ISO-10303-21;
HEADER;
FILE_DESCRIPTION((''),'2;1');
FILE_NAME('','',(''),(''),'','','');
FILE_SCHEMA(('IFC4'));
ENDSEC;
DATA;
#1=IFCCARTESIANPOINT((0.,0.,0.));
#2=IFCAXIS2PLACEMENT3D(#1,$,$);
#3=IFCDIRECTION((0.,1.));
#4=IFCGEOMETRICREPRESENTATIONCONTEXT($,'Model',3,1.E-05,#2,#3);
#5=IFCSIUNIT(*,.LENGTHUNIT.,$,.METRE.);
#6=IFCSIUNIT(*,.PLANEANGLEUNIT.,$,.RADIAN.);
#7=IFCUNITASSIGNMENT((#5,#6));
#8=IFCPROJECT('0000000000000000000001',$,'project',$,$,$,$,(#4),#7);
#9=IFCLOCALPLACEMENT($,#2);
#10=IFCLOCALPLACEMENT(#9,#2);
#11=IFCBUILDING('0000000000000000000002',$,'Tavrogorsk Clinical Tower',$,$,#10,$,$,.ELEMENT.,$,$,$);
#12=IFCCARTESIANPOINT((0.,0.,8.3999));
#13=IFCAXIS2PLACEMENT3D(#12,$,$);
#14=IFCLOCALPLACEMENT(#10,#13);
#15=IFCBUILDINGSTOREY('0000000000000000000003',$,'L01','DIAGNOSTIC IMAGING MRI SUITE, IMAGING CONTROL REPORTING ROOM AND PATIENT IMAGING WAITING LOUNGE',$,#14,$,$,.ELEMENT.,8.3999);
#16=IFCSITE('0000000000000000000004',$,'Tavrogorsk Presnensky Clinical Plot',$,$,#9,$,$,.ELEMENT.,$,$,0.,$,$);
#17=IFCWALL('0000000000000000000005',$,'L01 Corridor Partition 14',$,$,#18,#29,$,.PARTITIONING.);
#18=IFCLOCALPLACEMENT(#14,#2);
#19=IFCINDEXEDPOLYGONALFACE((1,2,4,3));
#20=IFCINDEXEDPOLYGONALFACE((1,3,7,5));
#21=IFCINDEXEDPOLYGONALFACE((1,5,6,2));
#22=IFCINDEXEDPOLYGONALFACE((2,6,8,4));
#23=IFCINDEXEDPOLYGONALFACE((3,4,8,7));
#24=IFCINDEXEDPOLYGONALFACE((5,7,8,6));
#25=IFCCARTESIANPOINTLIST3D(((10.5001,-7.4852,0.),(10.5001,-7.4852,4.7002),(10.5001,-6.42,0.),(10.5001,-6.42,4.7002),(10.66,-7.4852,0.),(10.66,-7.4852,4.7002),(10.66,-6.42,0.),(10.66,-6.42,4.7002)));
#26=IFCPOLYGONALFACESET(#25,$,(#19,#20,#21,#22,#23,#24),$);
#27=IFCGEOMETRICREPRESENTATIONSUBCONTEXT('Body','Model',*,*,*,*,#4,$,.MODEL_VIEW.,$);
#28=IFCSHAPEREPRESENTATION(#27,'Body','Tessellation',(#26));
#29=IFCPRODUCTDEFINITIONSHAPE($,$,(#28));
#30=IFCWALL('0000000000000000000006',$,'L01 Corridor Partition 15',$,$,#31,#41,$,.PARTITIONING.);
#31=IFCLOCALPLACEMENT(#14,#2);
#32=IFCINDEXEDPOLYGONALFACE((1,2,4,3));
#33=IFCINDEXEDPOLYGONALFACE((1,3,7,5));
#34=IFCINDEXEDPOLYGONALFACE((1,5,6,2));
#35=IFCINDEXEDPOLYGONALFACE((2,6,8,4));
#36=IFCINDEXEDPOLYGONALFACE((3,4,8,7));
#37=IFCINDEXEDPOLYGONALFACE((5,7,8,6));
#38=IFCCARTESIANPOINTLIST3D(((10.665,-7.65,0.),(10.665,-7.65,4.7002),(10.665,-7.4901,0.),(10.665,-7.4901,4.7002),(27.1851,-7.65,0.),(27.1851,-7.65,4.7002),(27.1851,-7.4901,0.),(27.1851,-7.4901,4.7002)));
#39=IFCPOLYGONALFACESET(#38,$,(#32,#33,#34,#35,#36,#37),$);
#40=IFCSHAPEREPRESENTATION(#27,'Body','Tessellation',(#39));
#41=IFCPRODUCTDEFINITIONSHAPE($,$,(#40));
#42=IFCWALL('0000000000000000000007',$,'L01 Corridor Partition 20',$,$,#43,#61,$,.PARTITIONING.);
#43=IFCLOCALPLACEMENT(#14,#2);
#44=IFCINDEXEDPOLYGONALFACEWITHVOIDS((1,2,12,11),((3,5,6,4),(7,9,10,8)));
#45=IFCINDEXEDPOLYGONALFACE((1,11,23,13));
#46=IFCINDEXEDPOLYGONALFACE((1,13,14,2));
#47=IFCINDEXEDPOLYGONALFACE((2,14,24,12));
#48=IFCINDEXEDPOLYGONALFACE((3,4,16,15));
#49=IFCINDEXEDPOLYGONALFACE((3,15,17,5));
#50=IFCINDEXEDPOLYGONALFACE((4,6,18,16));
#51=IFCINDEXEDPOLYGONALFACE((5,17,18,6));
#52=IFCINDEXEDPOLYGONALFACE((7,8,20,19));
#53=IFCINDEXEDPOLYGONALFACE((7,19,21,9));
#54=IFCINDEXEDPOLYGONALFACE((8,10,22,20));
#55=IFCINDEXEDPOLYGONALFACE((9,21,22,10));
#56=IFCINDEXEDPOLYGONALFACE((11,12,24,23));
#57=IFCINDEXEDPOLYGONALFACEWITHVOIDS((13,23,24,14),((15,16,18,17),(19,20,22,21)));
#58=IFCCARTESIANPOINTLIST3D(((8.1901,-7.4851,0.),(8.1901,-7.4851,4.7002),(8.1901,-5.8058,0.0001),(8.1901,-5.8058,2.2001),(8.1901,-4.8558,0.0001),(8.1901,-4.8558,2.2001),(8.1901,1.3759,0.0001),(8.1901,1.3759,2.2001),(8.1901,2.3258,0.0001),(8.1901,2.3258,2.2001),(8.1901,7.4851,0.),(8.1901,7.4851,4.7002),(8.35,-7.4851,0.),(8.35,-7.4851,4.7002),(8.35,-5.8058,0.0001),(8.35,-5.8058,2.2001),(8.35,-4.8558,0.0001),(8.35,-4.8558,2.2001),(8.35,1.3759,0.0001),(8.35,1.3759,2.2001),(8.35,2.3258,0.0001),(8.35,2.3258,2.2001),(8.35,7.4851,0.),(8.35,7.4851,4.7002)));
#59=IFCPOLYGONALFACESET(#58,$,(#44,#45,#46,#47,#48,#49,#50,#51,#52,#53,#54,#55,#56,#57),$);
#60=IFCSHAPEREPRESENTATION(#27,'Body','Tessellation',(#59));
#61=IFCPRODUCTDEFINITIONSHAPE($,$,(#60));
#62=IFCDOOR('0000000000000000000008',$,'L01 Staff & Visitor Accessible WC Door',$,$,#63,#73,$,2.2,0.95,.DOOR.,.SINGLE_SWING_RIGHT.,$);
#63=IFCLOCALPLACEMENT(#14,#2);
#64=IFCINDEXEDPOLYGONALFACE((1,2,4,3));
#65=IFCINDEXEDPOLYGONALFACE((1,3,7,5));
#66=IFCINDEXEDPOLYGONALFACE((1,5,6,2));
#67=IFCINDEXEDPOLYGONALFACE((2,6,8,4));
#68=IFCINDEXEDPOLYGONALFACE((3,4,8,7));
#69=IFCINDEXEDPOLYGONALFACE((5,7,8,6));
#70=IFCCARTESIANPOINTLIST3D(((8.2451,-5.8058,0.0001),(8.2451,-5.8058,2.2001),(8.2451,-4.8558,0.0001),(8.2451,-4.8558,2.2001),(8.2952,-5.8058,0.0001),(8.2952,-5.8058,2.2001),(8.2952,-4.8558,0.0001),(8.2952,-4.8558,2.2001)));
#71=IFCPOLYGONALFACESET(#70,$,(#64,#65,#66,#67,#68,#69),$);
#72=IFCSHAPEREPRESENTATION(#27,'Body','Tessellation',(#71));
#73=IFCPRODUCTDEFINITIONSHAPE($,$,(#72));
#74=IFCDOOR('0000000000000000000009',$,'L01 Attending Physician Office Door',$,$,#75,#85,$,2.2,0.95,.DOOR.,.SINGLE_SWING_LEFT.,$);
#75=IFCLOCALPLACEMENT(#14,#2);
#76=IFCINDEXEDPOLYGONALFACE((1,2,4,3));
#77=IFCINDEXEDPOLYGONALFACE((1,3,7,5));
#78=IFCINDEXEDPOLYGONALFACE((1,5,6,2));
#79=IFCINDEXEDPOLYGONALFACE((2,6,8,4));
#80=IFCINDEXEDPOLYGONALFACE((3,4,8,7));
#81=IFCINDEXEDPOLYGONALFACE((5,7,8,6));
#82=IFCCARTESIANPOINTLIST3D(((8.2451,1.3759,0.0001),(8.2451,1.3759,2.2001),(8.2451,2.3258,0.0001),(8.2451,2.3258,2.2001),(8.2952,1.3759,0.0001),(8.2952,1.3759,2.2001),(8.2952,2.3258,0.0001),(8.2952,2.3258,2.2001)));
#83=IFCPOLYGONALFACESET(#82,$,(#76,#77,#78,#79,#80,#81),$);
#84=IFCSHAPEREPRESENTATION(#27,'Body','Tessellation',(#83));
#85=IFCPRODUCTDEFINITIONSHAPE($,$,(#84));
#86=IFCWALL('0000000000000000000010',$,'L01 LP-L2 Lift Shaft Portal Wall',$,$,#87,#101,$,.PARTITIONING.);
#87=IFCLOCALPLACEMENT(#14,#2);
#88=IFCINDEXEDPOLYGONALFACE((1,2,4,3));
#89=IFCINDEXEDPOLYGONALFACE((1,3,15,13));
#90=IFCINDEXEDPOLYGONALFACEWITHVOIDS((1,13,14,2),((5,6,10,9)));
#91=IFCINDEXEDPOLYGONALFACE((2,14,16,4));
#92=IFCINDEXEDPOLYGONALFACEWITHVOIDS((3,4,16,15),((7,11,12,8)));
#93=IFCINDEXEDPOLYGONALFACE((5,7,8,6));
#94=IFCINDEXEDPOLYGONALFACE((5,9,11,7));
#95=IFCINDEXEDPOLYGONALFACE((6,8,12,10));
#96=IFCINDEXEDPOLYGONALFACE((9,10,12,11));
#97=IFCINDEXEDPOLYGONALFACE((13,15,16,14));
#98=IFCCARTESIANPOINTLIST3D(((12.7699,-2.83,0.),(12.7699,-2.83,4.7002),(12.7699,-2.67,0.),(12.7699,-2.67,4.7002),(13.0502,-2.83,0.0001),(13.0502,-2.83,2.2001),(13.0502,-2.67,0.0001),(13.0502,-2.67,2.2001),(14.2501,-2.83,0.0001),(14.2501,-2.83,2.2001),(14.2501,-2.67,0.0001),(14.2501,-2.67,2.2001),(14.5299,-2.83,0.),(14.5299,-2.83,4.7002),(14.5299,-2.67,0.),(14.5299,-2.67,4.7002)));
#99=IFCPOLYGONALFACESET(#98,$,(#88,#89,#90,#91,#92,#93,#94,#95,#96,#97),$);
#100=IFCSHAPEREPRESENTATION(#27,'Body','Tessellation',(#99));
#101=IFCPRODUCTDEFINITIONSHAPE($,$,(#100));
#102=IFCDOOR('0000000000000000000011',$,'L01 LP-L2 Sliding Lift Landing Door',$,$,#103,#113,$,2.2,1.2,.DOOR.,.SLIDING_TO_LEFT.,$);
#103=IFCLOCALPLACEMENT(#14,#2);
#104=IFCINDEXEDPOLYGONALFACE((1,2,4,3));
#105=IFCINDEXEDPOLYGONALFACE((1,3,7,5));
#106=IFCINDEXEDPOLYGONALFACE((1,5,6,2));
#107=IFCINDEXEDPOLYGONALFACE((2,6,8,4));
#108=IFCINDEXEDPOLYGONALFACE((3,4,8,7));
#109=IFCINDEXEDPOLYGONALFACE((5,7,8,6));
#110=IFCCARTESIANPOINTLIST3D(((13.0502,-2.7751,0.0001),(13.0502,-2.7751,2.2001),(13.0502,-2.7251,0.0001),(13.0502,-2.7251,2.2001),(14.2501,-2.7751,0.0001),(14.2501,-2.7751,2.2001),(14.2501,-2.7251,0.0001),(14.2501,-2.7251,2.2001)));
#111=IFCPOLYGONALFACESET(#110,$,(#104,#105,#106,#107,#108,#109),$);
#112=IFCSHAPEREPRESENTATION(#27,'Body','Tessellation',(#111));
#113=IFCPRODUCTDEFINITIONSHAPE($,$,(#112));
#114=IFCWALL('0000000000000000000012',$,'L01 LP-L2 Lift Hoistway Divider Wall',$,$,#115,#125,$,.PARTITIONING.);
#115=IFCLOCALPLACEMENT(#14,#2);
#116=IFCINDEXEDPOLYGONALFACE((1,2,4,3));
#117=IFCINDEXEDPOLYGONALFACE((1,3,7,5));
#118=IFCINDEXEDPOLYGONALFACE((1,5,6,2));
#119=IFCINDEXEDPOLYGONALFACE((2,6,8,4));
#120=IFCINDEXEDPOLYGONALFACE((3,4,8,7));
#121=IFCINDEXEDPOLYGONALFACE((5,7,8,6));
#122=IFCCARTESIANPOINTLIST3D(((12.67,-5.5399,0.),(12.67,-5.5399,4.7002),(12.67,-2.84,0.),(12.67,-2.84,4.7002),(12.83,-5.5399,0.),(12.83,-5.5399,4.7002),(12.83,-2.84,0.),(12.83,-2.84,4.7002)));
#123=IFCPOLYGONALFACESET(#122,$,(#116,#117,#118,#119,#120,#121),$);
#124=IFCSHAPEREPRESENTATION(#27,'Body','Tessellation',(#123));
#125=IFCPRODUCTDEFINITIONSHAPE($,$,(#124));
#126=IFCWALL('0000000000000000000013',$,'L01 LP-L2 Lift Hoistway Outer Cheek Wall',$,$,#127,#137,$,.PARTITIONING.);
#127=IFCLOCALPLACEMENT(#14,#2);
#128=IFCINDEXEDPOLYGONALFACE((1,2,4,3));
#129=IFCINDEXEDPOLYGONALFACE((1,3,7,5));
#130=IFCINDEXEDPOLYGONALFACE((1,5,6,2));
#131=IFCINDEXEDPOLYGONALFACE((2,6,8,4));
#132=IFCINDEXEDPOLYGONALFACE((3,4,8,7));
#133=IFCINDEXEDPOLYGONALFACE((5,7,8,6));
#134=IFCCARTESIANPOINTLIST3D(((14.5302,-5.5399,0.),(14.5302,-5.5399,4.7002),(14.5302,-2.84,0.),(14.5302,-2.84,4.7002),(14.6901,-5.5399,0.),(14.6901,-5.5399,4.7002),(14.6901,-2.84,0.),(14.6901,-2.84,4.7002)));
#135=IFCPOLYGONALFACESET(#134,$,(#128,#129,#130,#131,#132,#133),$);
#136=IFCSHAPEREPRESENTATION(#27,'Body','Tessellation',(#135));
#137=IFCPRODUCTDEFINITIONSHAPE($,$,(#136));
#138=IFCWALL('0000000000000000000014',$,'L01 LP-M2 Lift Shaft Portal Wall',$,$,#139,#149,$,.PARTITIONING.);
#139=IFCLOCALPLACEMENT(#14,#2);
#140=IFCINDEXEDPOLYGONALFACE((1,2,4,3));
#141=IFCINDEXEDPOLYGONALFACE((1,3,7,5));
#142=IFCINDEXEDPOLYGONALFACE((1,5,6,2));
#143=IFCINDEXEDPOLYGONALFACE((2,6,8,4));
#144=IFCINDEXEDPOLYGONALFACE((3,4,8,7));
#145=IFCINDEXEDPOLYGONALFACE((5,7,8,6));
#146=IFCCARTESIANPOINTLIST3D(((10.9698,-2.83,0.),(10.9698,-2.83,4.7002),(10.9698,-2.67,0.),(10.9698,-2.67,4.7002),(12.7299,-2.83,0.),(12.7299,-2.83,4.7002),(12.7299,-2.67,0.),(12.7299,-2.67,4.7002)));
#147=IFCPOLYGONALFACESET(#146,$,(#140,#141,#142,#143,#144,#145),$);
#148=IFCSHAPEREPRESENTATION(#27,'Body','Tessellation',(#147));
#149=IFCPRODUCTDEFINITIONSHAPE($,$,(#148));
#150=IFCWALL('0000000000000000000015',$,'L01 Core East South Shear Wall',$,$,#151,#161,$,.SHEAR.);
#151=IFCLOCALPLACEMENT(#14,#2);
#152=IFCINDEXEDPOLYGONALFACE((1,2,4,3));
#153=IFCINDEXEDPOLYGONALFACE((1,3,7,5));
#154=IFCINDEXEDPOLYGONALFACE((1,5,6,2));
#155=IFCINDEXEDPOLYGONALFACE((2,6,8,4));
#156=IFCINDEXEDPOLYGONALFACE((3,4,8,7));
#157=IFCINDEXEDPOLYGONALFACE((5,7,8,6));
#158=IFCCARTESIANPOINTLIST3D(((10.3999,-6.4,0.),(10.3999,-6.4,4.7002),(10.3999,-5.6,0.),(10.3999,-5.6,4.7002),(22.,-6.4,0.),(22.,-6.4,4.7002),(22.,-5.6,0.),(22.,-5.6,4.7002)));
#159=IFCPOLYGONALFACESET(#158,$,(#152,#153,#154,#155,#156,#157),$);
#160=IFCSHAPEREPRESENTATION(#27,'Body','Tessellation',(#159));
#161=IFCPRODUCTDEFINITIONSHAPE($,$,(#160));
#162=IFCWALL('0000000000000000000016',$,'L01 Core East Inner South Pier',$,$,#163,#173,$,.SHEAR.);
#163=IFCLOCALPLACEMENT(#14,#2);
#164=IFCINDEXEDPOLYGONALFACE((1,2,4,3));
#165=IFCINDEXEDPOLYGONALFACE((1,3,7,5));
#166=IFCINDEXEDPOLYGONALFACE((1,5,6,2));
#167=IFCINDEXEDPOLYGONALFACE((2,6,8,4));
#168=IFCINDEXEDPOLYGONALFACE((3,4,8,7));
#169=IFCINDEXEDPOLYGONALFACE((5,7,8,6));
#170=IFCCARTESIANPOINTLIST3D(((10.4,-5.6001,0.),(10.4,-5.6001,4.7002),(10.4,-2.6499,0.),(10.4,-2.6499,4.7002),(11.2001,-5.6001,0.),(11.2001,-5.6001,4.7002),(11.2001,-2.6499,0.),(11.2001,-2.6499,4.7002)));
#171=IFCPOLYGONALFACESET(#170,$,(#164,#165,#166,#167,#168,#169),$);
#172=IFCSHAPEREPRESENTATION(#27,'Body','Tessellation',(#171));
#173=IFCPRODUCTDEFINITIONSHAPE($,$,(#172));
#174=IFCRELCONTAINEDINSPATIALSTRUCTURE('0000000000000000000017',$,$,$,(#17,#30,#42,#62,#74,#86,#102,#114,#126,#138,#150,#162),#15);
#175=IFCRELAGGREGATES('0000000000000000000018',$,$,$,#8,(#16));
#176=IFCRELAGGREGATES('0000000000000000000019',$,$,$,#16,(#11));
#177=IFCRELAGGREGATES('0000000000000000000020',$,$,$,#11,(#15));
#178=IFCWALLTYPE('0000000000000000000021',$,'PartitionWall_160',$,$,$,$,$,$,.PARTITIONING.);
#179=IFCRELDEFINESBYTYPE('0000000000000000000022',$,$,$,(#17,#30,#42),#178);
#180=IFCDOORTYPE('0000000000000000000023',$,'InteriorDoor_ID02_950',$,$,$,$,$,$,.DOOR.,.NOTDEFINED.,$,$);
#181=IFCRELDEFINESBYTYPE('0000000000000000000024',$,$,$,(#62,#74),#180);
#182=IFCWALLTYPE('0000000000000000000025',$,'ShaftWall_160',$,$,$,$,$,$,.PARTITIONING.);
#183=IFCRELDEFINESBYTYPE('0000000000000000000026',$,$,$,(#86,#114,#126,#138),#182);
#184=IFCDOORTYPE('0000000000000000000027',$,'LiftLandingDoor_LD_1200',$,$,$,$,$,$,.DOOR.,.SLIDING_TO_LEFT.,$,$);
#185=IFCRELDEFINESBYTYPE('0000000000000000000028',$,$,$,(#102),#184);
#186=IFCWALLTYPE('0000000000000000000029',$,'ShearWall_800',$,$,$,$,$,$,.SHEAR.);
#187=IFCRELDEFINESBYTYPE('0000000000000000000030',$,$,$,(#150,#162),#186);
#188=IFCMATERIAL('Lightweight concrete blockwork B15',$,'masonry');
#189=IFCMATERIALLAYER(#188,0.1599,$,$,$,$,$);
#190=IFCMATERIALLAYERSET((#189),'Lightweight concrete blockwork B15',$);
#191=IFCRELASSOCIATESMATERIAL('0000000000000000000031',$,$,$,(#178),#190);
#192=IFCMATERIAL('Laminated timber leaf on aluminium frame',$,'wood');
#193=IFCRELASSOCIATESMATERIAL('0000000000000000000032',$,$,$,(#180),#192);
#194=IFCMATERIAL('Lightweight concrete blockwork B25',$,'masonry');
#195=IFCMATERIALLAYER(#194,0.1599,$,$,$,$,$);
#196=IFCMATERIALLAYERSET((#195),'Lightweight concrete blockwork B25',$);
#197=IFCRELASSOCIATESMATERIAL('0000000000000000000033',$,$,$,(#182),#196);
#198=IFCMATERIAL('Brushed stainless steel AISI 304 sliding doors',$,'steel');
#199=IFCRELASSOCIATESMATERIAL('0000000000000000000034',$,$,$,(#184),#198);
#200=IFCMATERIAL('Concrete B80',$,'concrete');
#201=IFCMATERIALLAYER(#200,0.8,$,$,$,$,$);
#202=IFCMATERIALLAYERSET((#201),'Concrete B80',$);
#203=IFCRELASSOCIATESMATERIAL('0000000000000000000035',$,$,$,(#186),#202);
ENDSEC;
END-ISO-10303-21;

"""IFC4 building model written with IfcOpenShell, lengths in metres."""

from ifc_helpers import new_model, si_unit, direction, frame, frame_2d, origin, place, context, subcontext, project, spatial, rectangle, extrude, material, layer, layer_set, type_object, element, fill, save


model = new_model("IFC4")

# Units and contexts
model_context = context("Model", 3, precision=1e-05, world=origin(), true_north=direction((0.0, 1.0)))
body_context = subcontext(model_context, "Body", "Model", "MODEL_VIEW")
ifc_project = project(units=[si_unit("LENGTHUNIT", "METRE"), si_unit("PLANEANGLEUNIT", "RADIAN")], contexts=[model_context])

# Site, building, storey
site_placement = place(None, origin())
site = spatial("IfcSite", under=ifc_project, at=site_placement, Name="Tavrogorsk Presnensky Clinical Plot", CompositionType="ELEMENT", RefElevation=0.0)
building_placement = place(site_placement, origin())
building = spatial("IfcBuilding", under=site, at=building_placement, Name="Tavrogorsk Clinical Tower", CompositionType="ELEMENT")
storey_placement = place(building_placement, frame((0.0, 0.0, 8.3999)))
storey = spatial("IfcBuildingStorey", under=building, at=storey_placement, Name="L01", Description="DIAGNOSTIC IMAGING MRI SUITE, IMAGING CONTROL REPORTING ROOM AND PATIENT IMAGING WAITING LOUNGE", CompositionType="ELEMENT", Elevation=8.3999)

# Shared definitions
ifc_material_1 = material(Name="Lightweight concrete blockwork B15", Category="masonry")
ifc_layer_1 = layer(ifc_material_1, 0.1599)
ifc_layer_set_1 = layer_set([ifc_layer_1], Name="Lightweight concrete blockwork B15")
wall_type_1 = type_object("IfcWallType", Name="PartitionWall_160", PredefinedType="PARTITIONING", material=ifc_layer_set_1)
ifc_material_2 = material(Name="Laminated timber leaf on aluminium frame", Category="wood")
door_type_1 = type_object("IfcDoorType", Name="InteriorDoor_ID02_950", OperationType="NOTDEFINED", PredefinedType="DOOR", material=ifc_material_2)

# Walls
wall_1_placement = place(storey_placement, frame((10.5801, -6.4199, 0.0), z_axis=(0.0, 0.0, 1.0), x_axis=(0.0, -1.0, 0.0)))
element("IfcWall", 1, at=wall_1_placement, inside=storey, type_object=wall_type_1, Name="L01 Corridor Partition 14", PredefinedType="PARTITIONING", context=body_context, shape_type="SweptSolid", body=[
    extrude(rectangle(XDim=1.0652, YDim=0.1599, at=frame_2d((0.5327, 0.0))), origin(), (0.0, 0.0, 1.0), 4.7002),
])
wall_2_placement = place(storey_placement, frame((10.665, -7.5701, 0.0), z_axis=(0.0, 0.0, 1.0), x_axis=(1.0, 0.0, 0.0)))
element("IfcWall", 2, at=wall_2_placement, inside=storey, type_object=wall_type_1, Name="L01 Corridor Partition 15", PredefinedType="PARTITIONING", context=body_context, shape_type="SweptSolid", body=[
    extrude(rectangle(XDim=16.52, YDim=0.1599, at=frame_2d((8.26, 0.0))), origin(), (0.0, 0.0, 1.0), 4.7002),
])

# Wall, openings, doors
wall_3_placement = place(storey_placement, frame((8.27, -7.4851, 0.0), z_axis=(0.0, 0.0, 1.0), x_axis=(0.0, 1.0, 0.0)))
wall_3 = element("IfcWall", 3, at=wall_3_placement, inside=storey, type_object=wall_type_1, Name="L01 Corridor Partition 20", PredefinedType="PARTITIONING", context=body_context, shape_type="SweptSolid", body=[
    extrude(rectangle(XDim=14.9702, YDim=0.1599, at=frame_2d((7.4851, 0.0))), origin(), (0.0, 0.0, 1.0), 4.7002),
])
opening_1_placement = place(wall_3_placement, frame((1.6792, 0.0, 0.0)))
opening_1 = element("IfcOpeningElement", 4, at=opening_1_placement, cuts=wall_3, PredefinedType="OPENING", context=body_context, shape_type="SweptSolid", body=[
    extrude(rectangle(XDim=0.95, YDim=2.2, at=frame_2d((0.4751, 1.1001))), frame((0.0, 0.0898, 0.0), z_axis=(0.0, -1.0, 0.0), x_axis=(1.0, 0.0, 0.0)), (0.0, 0.0, 1.0), 0.1799),
])
opening_2_placement = place(wall_3_placement, frame((8.8608, 0.0, 0.0)))
opening_2 = element("IfcOpeningElement", 5, at=opening_2_placement, cuts=wall_3, PredefinedType="OPENING", context=body_context, shape_type="SweptSolid", body=[
    extrude(rectangle(XDim=0.95, YDim=2.2, at=frame_2d((0.4751, 1.1001))), frame((0.0, 0.0898, 0.0), z_axis=(0.0, -1.0, 0.0), x_axis=(1.0, 0.0, 0.0)), (0.0, 0.0, 1.0), 0.1799),
])
door_1_placement = place(opening_1_placement, origin())
door_1 = element("IfcDoor", 6, at=door_1_placement, inside=storey, type_object=door_type_1, Name="L01 Staff & Visitor Accessible WC Door", OperationType="SINGLE_SWING_RIGHT", OverallHeight=2.2, OverallWidth=0.95, PredefinedType="DOOR", context=body_context, shape_type="SweptSolid", body=[
    extrude(rectangle(XDim=0.95, YDim=2.2, at=frame_2d((0.4751, 1.1001))), frame((0.0, 0.0249, 0.0), z_axis=(0.0, -1.0, 0.0), x_axis=(1.0, 0.0, 0.0)), (0.0, 0.0, 1.0), 0.05),
])
fill(opening_1, door_1)
door_2_placement = place(opening_2_placement, origin())
door_2 = element("IfcDoor", 7, at=door_2_placement, inside=storey, type_object=door_type_1, Name="L01 Attending Physician Office Door", OperationType="SINGLE_SWING_LEFT", OverallHeight=2.2, OverallWidth=0.95, PredefinedType="DOOR", context=body_context, shape_type="SweptSolid", body=[
    extrude(rectangle(XDim=0.95, YDim=2.2, at=frame_2d((0.4751, 1.1001))), frame((0.0, 0.0249, 0.0), z_axis=(0.0, -1.0, 0.0), x_axis=(1.0, 0.0, 0.0)), (0.0, 0.0, 1.0), 0.05),
])
fill(opening_2, door_2)

# Wall, opening, door
ifc_material_3 = material(Name="Lightweight concrete blockwork B25", Category="masonry")
ifc_layer_2 = layer(ifc_material_3, 0.1599)
ifc_layer_set_2 = layer_set([ifc_layer_2], Name="Lightweight concrete blockwork B25")
wall_type_2 = type_object("IfcWallType", Name="ShaftWall_160", PredefinedType="PARTITIONING", material=ifc_layer_set_2)
wall_4_placement = place(storey_placement, frame((12.77, -2.75, 0.0), z_axis=(0.0, 0.0, 1.0), x_axis=(1.0, 0.0, 0.0)))
wall_4 = element("IfcWall", 8, at=wall_4_placement, inside=storey, type_object=wall_type_2, Name="L01 LP-L2 Lift Shaft Portal Wall", PredefinedType="PARTITIONING", context=body_context, shape_type="SweptSolid", body=[
    extrude(rectangle(XDim=1.76, YDim=0.1599, at=frame_2d((0.8799, 0.0))), origin(), (0.0, 0.0, 1.0), 4.7002),
])
opening_3_placement = place(wall_4_placement, frame((0.28, 0.0, 0.0)))
opening_3 = element("IfcOpeningElement", 9, at=opening_3_placement, cuts=wall_4, PredefinedType="OPENING", context=body_context, shape_type="SweptSolid", body=[
    extrude(rectangle(XDim=1.2, YDim=2.2, at=frame_2d((0.6001, 1.1001))), frame((0.0, 0.0898, 0.0), z_axis=(0.0, -1.0, 0.0), x_axis=(1.0, 0.0, 0.0)), (0.0, 0.0, 1.0), 0.1799),
])
ifc_material_4 = material(Name="Brushed stainless steel AISI 304 sliding doors", Category="steel")
door_type_2 = type_object("IfcDoorType", Name="LiftLandingDoor_LD_1200", OperationType="SLIDING_TO_LEFT", PredefinedType="DOOR", material=ifc_material_4)
door_3_placement = place(opening_3_placement, origin())
door_3 = element("IfcDoor", 10, at=door_3_placement, inside=storey, type_object=door_type_2, Name="L01 LP-L2 Sliding Lift Landing Door", OperationType="SLIDING_TO_LEFT", OverallHeight=2.2, OverallWidth=1.2, PredefinedType="DOOR", context=body_context, shape_type="SweptSolid", body=[
    extrude(rectangle(XDim=1.2, YDim=2.2, at=frame_2d((0.6001, 1.1001))), frame((0.0, 0.0249, 0.0), z_axis=(0.0, -1.0, 0.0), x_axis=(1.0, 0.0, 0.0)), (0.0, 0.0, 1.0), 0.05),
])
fill(opening_3, door_3)

# Walls
for number, where, z_axis, x_axis, name in (
    (11, (12.75, -5.54, 0.0), (0.0, 0.0, 1.0), (0.0, 1.0, 0.0), "L01 LP-L2 Lift Hoistway Divider Wall"),
    (12, (14.6101, -5.54, 0.0), (0.0, 0.0, 1.0), (0.0, 1.0, 0.0), "L01 LP-L2 Lift Hoistway Outer Cheek Wall"),
):
    element("IfcWall", number, at=place(storey_placement, frame(where, z_axis=z_axis, x_axis=x_axis)), inside=storey, type_object=wall_type_2, Name=name, PredefinedType="PARTITIONING", context=body_context, shape_type="SweptSolid", body=[
        extrude(rectangle(XDim=2.7, YDim=0.1599, at=frame_2d((1.3501, 0.0))), origin(), (0.0, 0.0, 1.0), 4.7002),
    ])
wall_5_placement = place(storey_placement, frame((10.97, -2.75, 0.0), z_axis=(0.0, 0.0, 1.0), x_axis=(1.0, 0.0, 0.0)))
element("IfcWall", 13, at=wall_5_placement, inside=storey, type_object=wall_type_2, Name="L01 LP-M2 Lift Shaft Portal Wall", PredefinedType="PARTITIONING", context=body_context, shape_type="SweptSolid", body=[
    extrude(rectangle(XDim=1.76, YDim=0.1599, at=frame_2d((0.8799, 0.0))), origin(), (0.0, 0.0, 1.0), 4.7002),
])
ifc_material_5 = material(Name="Concrete B80", Category="concrete")
ifc_layer_3 = layer(ifc_material_5, 0.8)
ifc_layer_set_3 = layer_set([ifc_layer_3], Name="Concrete B80")
wall_type_3 = type_object("IfcWallType", Name="ShearWall_800", PredefinedType="SHEAR", material=ifc_layer_set_3)
wall_6_placement = place(storey_placement, frame((10.3999, -6.0, 0.0), z_axis=(0.0, 0.0, 1.0), x_axis=(1.0, 0.0, 0.0)))
element("IfcWall", 14, at=wall_6_placement, inside=storey, type_object=wall_type_3, Name="L01 Core East South Shear Wall", PredefinedType="SHEAR", context=body_context, shape_type="SweptSolid", body=[
    extrude(rectangle(XDim=11.6001, YDim=0.8, at=frame_2d((5.8, 0.0))), origin(), (0.0, 0.0, 1.0), 4.7002),
])
wall_7_placement = place(storey_placement, frame((10.8, -5.6001, 0.0), z_axis=(0.0, 0.0, 1.0), x_axis=(0.0, 1.0, 0.0)))
element("IfcWall", 15, at=wall_7_placement, inside=storey, type_object=wall_type_3, Name="L01 Core East Inner South Pier", PredefinedType="SHEAR", context=body_context, shape_type="SweptSolid", body=[
    extrude(rectangle(XDim=2.9502, YDim=0.8, at=frame_2d((1.4751, 0.0))), origin(), (0.0, 0.0, 1.0), 4.7002),
])

save(model, "model.ifc")
